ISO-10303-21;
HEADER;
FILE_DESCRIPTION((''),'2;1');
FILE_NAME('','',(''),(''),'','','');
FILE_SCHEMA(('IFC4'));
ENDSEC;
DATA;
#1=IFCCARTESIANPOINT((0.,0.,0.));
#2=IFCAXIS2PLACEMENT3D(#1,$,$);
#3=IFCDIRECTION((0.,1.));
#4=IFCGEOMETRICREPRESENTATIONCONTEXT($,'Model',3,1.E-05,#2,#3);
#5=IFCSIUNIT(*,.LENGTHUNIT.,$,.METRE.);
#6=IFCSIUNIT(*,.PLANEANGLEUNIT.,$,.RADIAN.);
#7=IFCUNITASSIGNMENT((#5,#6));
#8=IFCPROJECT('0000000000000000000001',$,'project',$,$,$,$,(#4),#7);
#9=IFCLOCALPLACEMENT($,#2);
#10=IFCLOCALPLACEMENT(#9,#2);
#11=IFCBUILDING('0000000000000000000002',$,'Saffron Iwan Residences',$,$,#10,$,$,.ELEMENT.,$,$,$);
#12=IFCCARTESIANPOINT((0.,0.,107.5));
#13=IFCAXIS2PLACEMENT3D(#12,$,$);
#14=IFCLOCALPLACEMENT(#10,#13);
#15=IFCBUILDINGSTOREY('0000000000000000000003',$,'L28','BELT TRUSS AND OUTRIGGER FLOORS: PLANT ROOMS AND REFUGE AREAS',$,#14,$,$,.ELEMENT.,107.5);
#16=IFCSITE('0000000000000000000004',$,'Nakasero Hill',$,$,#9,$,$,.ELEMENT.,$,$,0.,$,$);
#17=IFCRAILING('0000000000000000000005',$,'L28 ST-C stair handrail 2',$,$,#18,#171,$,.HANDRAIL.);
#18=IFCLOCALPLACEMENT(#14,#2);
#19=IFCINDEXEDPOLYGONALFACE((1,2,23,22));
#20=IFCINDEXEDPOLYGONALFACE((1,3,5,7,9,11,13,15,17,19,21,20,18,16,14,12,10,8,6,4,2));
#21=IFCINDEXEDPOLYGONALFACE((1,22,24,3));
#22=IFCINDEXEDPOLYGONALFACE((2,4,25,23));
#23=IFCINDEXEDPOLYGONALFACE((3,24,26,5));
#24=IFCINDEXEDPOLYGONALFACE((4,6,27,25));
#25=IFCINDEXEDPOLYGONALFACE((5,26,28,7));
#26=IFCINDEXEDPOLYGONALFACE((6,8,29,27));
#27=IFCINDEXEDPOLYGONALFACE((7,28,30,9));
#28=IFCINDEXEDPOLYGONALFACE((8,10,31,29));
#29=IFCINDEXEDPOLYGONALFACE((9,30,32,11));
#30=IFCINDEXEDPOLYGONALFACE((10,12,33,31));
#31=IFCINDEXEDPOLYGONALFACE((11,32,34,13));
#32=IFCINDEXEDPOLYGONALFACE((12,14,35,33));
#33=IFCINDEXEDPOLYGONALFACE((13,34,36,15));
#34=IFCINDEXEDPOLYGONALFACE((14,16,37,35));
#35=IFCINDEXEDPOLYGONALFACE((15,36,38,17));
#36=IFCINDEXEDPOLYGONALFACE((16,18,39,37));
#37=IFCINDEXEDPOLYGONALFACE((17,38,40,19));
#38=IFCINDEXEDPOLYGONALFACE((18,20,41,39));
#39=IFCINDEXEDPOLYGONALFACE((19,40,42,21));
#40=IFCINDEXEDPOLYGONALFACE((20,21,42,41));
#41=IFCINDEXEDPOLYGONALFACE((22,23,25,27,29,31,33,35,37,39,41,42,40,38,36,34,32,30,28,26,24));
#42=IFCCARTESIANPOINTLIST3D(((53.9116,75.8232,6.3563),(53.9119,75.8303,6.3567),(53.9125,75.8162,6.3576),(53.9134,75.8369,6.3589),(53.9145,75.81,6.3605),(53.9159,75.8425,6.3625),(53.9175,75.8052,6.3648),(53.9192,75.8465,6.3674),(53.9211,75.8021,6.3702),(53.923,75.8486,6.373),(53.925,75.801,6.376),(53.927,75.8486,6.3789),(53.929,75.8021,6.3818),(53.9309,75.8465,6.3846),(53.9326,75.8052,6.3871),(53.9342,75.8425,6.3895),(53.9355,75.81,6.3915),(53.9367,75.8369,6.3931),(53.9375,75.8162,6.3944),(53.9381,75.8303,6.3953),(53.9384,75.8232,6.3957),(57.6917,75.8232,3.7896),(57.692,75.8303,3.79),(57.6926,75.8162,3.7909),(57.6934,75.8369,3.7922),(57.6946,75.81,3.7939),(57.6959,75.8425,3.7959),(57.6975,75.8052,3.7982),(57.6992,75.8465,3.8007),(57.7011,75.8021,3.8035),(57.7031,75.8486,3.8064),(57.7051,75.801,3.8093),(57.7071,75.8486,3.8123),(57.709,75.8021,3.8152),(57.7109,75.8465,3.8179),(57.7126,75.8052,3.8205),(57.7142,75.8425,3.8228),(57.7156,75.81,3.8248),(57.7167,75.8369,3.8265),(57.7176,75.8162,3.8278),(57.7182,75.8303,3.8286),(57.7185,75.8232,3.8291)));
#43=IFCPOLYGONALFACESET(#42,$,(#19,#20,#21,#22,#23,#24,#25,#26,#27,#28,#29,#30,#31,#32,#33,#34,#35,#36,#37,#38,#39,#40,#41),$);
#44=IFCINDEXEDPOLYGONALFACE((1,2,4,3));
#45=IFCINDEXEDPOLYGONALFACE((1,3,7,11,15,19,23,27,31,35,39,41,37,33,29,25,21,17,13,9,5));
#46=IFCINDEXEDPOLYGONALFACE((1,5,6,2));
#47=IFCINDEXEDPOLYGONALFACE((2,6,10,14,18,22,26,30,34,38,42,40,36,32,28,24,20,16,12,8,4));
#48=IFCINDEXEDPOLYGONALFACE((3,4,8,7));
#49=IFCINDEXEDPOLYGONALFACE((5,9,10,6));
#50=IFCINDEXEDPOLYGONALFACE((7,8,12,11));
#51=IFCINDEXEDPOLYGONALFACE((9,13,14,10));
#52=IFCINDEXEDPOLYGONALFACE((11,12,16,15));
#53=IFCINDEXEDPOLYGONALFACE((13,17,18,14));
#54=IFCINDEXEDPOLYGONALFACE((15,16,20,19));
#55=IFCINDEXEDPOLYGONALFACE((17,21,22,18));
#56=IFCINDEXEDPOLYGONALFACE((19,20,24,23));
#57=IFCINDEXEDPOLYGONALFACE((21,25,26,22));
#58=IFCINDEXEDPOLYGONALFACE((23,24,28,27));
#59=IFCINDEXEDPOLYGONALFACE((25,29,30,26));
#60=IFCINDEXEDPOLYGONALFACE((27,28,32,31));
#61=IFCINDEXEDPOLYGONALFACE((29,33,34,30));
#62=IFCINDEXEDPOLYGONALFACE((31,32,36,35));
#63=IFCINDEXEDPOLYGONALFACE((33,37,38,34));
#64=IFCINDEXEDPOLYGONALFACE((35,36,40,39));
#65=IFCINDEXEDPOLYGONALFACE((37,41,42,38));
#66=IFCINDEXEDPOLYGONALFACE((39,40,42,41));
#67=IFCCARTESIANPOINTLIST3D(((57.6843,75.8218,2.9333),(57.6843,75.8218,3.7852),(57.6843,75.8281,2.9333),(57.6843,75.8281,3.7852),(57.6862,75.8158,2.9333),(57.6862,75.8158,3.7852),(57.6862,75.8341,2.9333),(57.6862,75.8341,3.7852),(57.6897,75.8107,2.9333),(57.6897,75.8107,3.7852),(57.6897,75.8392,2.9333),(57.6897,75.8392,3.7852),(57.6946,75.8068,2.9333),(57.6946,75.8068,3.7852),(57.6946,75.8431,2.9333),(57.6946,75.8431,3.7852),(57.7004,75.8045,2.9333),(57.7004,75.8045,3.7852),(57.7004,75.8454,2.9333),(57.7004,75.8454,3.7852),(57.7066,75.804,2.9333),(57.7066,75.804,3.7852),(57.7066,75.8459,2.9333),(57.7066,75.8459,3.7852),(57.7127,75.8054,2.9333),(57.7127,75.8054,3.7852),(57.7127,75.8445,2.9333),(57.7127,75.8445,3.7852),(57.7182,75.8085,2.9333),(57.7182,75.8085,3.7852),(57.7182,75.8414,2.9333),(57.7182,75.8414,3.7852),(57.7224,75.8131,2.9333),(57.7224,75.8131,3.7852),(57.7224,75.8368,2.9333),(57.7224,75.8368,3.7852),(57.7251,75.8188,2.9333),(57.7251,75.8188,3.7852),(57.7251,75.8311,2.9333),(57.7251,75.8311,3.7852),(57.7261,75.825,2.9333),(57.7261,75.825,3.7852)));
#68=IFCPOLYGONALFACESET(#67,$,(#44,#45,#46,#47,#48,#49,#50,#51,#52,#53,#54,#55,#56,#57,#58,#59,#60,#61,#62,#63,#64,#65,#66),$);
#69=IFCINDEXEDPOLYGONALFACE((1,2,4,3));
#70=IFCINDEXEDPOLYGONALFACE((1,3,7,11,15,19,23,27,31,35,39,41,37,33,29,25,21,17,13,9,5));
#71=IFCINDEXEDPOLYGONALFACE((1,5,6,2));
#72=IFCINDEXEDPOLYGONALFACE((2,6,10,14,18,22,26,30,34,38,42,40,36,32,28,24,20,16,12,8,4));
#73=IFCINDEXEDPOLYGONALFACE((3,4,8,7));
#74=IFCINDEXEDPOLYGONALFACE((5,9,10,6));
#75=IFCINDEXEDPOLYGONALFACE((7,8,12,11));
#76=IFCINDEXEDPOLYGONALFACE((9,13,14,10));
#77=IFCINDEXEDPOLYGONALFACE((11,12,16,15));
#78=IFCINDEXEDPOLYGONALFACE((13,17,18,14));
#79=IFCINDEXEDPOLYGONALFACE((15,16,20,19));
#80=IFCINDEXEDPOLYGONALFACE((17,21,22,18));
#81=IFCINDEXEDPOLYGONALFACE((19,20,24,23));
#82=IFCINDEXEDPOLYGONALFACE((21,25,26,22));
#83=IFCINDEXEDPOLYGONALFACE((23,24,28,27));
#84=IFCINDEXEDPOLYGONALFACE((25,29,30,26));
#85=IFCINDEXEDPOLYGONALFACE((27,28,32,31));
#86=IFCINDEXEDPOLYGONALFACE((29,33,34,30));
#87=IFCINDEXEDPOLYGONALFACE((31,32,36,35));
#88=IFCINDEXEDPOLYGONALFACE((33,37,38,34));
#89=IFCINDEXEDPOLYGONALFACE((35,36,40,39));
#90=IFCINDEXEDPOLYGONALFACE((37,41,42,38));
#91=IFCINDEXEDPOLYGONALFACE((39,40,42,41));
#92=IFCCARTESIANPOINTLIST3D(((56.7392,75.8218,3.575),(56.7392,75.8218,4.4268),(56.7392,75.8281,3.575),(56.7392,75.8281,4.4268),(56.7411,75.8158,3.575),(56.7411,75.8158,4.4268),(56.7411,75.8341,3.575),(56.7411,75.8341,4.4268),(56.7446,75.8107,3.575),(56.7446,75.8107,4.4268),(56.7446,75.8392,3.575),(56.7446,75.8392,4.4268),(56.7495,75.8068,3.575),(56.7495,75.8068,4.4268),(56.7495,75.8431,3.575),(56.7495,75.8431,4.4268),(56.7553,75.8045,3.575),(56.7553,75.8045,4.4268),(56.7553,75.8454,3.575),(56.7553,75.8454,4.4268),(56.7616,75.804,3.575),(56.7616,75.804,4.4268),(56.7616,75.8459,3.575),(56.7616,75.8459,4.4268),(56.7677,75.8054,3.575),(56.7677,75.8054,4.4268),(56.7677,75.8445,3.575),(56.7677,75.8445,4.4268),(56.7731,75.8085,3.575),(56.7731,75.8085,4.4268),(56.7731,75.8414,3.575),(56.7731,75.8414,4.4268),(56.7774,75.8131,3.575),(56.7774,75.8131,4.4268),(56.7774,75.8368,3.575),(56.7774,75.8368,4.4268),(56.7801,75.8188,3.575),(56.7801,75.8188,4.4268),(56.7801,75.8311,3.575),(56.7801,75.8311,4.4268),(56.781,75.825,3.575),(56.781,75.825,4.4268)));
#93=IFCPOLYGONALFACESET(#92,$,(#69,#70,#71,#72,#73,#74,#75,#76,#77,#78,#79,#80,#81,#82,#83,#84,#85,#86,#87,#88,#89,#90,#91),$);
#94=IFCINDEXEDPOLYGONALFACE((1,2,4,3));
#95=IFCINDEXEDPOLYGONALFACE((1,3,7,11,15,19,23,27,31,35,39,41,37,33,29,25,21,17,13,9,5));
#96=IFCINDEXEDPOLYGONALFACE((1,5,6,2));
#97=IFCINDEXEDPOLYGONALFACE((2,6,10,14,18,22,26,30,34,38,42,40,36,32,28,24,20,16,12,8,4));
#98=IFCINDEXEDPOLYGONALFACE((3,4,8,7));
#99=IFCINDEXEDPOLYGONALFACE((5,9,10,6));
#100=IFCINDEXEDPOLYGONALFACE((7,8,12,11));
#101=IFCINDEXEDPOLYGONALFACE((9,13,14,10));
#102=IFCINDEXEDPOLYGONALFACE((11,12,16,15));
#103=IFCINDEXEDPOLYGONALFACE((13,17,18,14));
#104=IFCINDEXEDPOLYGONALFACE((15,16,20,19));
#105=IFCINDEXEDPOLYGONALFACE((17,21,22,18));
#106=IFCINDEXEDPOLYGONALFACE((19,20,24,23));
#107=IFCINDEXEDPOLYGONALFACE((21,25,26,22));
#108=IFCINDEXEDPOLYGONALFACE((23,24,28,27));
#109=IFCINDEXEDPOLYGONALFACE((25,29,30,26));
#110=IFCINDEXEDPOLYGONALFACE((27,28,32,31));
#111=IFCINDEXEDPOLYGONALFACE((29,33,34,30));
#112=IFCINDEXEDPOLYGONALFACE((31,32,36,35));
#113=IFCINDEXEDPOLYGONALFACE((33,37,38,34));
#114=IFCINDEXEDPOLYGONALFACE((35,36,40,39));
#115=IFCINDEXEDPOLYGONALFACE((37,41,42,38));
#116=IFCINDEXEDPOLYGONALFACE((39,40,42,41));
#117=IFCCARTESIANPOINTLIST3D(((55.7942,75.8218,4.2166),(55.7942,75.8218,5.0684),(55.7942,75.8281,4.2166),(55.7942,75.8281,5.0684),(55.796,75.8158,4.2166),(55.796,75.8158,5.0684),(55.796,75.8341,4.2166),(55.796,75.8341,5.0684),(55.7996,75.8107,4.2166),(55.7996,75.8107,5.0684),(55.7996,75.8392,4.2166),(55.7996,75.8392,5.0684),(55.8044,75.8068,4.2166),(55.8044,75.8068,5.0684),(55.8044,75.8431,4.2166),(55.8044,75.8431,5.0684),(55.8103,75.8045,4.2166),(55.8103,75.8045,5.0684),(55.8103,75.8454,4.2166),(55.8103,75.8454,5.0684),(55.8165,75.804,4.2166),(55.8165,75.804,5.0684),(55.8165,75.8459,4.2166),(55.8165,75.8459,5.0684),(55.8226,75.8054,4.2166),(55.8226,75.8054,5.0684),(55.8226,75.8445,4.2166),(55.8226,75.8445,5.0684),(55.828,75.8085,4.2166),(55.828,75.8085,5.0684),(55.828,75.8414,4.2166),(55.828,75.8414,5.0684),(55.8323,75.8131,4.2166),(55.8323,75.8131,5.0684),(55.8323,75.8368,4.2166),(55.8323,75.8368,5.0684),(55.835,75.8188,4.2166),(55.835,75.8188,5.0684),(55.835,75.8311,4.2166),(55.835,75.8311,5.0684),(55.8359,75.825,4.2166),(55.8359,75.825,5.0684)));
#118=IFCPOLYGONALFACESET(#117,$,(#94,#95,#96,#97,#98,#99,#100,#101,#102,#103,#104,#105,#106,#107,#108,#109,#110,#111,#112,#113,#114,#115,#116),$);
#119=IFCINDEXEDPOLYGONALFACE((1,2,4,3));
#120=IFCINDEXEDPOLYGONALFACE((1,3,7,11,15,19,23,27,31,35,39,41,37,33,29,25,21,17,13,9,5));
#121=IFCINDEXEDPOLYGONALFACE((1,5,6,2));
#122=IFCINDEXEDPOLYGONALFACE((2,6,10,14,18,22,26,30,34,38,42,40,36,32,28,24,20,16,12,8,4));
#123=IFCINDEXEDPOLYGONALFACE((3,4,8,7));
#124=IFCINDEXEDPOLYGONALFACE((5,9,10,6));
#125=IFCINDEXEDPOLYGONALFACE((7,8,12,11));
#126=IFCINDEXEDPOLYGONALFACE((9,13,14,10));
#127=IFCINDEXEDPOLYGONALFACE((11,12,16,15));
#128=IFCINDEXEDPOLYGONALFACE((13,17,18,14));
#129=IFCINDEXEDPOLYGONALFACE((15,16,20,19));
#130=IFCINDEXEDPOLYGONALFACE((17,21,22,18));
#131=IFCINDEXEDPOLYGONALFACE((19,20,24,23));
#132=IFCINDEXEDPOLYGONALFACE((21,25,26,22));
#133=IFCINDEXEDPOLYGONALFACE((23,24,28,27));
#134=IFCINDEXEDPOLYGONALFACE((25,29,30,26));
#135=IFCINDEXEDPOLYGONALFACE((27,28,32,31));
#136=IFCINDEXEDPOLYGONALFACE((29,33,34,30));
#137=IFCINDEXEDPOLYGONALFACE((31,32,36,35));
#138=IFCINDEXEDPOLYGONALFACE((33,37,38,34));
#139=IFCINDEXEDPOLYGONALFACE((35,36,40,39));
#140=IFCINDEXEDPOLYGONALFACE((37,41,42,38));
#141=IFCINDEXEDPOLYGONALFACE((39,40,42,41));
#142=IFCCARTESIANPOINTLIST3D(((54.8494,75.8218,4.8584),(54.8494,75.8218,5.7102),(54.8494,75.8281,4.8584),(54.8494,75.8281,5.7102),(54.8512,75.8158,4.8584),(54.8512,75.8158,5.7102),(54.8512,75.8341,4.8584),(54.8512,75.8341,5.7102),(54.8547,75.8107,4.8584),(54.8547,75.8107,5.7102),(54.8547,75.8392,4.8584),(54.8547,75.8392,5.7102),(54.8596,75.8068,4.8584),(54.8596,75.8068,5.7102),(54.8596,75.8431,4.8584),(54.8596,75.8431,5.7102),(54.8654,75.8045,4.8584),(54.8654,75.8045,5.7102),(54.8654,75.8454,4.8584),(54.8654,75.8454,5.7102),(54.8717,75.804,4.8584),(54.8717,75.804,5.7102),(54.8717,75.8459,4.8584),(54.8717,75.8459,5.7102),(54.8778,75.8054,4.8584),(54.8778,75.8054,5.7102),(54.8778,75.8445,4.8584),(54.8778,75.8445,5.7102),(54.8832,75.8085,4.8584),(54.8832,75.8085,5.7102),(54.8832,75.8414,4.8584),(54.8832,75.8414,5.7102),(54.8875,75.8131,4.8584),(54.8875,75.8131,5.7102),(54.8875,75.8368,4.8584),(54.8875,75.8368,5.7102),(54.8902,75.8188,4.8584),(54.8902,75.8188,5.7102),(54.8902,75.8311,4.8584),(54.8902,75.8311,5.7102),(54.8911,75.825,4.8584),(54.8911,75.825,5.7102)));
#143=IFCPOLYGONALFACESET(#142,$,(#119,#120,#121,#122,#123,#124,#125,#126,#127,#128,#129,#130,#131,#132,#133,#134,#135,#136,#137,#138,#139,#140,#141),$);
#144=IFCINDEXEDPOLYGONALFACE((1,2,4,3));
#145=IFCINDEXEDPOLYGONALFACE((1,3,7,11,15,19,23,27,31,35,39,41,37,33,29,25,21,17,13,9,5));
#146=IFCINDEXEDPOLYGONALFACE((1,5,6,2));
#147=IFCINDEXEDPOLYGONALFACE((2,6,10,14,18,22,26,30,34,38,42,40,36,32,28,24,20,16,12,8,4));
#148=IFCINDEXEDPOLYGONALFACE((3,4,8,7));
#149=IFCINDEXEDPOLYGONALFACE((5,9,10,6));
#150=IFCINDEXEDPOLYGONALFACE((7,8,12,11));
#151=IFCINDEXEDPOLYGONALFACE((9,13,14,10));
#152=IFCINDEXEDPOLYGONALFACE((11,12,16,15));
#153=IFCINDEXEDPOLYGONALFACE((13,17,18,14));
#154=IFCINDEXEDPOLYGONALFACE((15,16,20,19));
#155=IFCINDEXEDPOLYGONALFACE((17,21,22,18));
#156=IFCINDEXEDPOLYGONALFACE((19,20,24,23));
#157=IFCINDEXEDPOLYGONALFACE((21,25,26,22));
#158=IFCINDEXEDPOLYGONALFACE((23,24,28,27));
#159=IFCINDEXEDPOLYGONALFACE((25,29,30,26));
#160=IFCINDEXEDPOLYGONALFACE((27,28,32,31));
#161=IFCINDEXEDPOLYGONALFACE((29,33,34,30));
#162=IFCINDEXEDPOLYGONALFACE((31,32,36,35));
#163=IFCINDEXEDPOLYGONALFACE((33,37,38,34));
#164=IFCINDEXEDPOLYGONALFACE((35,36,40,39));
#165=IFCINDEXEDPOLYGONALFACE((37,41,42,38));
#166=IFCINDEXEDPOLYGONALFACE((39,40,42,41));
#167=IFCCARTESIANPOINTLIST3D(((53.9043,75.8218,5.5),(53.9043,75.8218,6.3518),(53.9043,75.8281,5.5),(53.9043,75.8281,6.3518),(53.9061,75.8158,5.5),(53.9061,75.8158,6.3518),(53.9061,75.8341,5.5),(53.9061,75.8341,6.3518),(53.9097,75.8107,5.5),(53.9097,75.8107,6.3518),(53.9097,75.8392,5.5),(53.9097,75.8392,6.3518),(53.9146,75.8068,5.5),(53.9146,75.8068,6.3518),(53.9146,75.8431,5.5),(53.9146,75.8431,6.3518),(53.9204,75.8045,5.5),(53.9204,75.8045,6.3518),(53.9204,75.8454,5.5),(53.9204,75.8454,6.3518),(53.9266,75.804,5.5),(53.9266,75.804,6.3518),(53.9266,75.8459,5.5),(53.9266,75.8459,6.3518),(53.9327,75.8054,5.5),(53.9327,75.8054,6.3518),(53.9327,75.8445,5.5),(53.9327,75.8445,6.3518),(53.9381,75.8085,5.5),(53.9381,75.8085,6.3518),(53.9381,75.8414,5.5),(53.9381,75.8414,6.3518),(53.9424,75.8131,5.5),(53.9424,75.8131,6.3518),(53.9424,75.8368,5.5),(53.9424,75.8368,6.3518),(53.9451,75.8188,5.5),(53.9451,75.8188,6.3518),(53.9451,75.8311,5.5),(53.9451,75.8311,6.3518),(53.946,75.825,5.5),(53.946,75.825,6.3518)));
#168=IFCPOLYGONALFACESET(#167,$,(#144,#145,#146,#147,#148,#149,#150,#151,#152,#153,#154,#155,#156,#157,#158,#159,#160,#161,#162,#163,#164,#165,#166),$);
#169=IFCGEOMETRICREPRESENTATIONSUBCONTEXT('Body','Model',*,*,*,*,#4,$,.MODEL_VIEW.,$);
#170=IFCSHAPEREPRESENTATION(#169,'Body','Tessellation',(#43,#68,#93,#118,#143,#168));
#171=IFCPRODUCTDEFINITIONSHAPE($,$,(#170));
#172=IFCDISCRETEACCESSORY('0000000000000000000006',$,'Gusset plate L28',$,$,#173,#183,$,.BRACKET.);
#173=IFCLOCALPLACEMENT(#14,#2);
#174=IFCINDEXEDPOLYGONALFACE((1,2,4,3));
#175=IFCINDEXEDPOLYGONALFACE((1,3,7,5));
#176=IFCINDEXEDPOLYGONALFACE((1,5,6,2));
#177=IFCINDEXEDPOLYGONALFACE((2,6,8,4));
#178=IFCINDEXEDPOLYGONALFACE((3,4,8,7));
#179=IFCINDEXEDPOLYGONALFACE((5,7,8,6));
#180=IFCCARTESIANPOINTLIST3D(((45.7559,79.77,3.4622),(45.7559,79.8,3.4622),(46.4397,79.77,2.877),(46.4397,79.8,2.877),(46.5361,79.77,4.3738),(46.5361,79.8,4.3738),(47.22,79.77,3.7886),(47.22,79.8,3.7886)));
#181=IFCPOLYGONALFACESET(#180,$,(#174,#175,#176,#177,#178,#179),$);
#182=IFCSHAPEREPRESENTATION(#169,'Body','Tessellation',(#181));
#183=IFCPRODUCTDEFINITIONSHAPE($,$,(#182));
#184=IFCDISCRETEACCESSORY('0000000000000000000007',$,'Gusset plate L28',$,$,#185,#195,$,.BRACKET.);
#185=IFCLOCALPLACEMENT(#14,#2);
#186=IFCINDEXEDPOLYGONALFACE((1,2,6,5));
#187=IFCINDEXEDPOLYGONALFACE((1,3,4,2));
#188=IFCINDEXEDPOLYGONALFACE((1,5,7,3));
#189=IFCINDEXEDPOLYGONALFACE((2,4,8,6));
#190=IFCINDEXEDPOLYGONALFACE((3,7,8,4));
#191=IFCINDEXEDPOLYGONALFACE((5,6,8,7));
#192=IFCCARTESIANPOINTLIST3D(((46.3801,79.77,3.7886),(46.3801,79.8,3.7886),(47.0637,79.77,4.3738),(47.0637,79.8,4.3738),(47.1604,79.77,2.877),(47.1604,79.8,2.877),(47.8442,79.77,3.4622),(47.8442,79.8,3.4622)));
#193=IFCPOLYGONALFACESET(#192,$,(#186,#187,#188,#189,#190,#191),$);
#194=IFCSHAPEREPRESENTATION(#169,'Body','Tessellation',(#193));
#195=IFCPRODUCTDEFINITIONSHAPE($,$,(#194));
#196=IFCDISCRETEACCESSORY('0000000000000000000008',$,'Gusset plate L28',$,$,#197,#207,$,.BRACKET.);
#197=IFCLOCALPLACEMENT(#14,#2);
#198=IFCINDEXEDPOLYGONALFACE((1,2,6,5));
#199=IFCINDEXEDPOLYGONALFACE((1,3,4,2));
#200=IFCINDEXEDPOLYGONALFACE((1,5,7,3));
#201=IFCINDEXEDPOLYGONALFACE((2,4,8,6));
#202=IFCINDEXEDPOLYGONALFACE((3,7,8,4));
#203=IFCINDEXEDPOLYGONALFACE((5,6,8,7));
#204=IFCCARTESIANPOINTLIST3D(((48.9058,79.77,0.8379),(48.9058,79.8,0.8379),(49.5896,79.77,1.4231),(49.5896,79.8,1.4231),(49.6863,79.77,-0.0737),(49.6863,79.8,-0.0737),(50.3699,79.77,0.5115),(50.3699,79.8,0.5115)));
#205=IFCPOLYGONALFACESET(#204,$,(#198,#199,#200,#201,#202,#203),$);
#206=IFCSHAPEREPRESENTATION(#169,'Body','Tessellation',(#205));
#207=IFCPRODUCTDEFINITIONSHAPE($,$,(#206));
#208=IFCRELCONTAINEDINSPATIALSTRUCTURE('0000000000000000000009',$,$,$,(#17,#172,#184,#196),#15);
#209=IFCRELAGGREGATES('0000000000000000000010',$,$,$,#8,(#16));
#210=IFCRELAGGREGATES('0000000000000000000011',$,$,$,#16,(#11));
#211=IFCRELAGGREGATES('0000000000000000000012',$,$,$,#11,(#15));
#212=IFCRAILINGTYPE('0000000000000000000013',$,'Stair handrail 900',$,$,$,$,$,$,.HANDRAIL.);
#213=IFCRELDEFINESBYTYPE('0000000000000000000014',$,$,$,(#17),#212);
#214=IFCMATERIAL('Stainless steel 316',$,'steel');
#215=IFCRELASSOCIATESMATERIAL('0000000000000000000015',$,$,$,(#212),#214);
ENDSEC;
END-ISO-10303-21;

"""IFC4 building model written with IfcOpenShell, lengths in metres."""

from ifc_helpers import new_model, si_unit, direction, frame, origin, origin_2d, place, context, subcontext, project, spatial, polyline, circle, outline, extrude, material, type_object, element, save


model = new_model("IFC4")

# Units and contexts
model_context = context("Model", 3, precision=1e-05, world=origin(), true_north=direction((0.0, 1.0)))
body_context = subcontext(model_context, "Body", "Model", "MODEL_VIEW")
ifc_project = project(units=[si_unit("LENGTHUNIT", "METRE"), si_unit("PLANEANGLEUNIT", "RADIAN")], contexts=[model_context])

# Site, building, storey
site_placement = place(None, origin())
site = spatial("IfcSite", under=ifc_project, at=site_placement, Name="Nakasero Hill", CompositionType="ELEMENT", RefElevation=0.0)
building_placement = place(site_placement, origin())
building = spatial("IfcBuilding", under=site, at=building_placement, Name="Saffron Iwan Residences", CompositionType="ELEMENT")
storey_placement = place(building_placement, frame((0.0, 0.0, 107.5)))
storey = spatial("IfcBuildingStorey", under=building, at=storey_placement, Name="L28", Description="BELT TRUSS AND OUTRIGGER FLOORS: PLANT ROOMS AND REFUGE AREAS", CompositionType="ELEMENT", Elevation=107.5)

# Railing
ifc_material_1 = material(Name="Stainless steel 316", Category="steel")
railing_type_1 = type_object("IfcRailingType", Name="Stair handrail 900", PredefinedType="HANDRAIL", material=ifc_material_1)
railing_1_placement = place(storey_placement, frame((57.7051, 75.825, 2.9333)))
element("IfcRailing", 1, at=railing_1_placement, inside=storey, type_object=railing_type_1, Name="L28 ST-C stair handrail 2", PredefinedType="HANDRAIL", context=body_context, shape_type="SweptSolid", body=[
    extrude(circle(Radius=0.0239, at=origin_2d()), frame((0.0, 0.0, 0.876), z_axis=(-0.82731, 0.0, 0.561746), x_axis=(0.0, -1.0, 0.0)), (0.0, 0.0, 1.0), 4.5691),
    extrude(circle(Radius=0.021, at=origin_2d()), origin(), (0.0, 0.0, 1.0), 0.8518),
    extrude(circle(Radius=0.021, at=origin_2d()), frame((-0.9451, 0.0, 0.6416)), (0.0, 0.0, 1.0), 0.8518),
    extrude(circle(Radius=0.021, at=origin_2d()), frame((-1.8901, 0.0, 1.2832)), (0.0, 0.0, 1.0), 0.8518),
    extrude(circle(Radius=0.021, at=origin_2d()), frame((-2.835, 0.0, 1.925)), (0.0, 0.0, 1.0), 0.8518),
    extrude(circle(Radius=0.021, at=origin_2d()), frame((-3.78, 0.0, 2.5667)), (0.0, 0.0, 1.0), 0.8518),
])

# Discrete accessories
discrete_accessory_1_placement = place(storey_placement, frame((47.22, 79.8, 3.7886), z_axis=(0.0, 1.0, 0.0), x_axis=(-0.650255, 0.0, -0.759716)))
element("IfcDiscreteAccessory", 2, at=discrete_accessory_1_placement, inside=storey, Name="Gusset plate L28", PredefinedType="BRACKET", context=body_context, shape_type="SweptSolid", body=[
    extrude(outline(polyline([(0.0, 0.0), (1.1999, 0.0), (1.2, 0.9001), (0.0001, 0.9001), (0.0, 0.0)])), origin(), (0.0, 0.0, -1.0), 0.03),
])
for number, where, z_axis, x_axis, name in (
    (3, (47.0637, 79.8, 4.3738), (0.0, 1.0, 0.0), (0.650372, 0.0, -0.759615), "Gusset plate L28"),
    (4, (49.6863, 79.8, -0.0737), (0.0, 1.0, 0.0), (-0.650372, 0.0, 0.759615), "Gusset plate L28"),
):
    element("IfcDiscreteAccessory", number, at=place(storey_placement, frame(where, z_axis=z_axis, x_axis=x_axis)), inside=storey, Name=name, PredefinedType="BRACKET", context=body_context, shape_type="SweptSolid", body=[
        extrude(outline(polyline([(0.0, 0.0), (1.2001, 0.0), (1.1999, 0.9001), (-0.0001, 0.8999), (0.0, 0.0)])), origin(), (0.0, 0.0, -1.0), 0.03),
    ])

save(model, "model.ifc")
